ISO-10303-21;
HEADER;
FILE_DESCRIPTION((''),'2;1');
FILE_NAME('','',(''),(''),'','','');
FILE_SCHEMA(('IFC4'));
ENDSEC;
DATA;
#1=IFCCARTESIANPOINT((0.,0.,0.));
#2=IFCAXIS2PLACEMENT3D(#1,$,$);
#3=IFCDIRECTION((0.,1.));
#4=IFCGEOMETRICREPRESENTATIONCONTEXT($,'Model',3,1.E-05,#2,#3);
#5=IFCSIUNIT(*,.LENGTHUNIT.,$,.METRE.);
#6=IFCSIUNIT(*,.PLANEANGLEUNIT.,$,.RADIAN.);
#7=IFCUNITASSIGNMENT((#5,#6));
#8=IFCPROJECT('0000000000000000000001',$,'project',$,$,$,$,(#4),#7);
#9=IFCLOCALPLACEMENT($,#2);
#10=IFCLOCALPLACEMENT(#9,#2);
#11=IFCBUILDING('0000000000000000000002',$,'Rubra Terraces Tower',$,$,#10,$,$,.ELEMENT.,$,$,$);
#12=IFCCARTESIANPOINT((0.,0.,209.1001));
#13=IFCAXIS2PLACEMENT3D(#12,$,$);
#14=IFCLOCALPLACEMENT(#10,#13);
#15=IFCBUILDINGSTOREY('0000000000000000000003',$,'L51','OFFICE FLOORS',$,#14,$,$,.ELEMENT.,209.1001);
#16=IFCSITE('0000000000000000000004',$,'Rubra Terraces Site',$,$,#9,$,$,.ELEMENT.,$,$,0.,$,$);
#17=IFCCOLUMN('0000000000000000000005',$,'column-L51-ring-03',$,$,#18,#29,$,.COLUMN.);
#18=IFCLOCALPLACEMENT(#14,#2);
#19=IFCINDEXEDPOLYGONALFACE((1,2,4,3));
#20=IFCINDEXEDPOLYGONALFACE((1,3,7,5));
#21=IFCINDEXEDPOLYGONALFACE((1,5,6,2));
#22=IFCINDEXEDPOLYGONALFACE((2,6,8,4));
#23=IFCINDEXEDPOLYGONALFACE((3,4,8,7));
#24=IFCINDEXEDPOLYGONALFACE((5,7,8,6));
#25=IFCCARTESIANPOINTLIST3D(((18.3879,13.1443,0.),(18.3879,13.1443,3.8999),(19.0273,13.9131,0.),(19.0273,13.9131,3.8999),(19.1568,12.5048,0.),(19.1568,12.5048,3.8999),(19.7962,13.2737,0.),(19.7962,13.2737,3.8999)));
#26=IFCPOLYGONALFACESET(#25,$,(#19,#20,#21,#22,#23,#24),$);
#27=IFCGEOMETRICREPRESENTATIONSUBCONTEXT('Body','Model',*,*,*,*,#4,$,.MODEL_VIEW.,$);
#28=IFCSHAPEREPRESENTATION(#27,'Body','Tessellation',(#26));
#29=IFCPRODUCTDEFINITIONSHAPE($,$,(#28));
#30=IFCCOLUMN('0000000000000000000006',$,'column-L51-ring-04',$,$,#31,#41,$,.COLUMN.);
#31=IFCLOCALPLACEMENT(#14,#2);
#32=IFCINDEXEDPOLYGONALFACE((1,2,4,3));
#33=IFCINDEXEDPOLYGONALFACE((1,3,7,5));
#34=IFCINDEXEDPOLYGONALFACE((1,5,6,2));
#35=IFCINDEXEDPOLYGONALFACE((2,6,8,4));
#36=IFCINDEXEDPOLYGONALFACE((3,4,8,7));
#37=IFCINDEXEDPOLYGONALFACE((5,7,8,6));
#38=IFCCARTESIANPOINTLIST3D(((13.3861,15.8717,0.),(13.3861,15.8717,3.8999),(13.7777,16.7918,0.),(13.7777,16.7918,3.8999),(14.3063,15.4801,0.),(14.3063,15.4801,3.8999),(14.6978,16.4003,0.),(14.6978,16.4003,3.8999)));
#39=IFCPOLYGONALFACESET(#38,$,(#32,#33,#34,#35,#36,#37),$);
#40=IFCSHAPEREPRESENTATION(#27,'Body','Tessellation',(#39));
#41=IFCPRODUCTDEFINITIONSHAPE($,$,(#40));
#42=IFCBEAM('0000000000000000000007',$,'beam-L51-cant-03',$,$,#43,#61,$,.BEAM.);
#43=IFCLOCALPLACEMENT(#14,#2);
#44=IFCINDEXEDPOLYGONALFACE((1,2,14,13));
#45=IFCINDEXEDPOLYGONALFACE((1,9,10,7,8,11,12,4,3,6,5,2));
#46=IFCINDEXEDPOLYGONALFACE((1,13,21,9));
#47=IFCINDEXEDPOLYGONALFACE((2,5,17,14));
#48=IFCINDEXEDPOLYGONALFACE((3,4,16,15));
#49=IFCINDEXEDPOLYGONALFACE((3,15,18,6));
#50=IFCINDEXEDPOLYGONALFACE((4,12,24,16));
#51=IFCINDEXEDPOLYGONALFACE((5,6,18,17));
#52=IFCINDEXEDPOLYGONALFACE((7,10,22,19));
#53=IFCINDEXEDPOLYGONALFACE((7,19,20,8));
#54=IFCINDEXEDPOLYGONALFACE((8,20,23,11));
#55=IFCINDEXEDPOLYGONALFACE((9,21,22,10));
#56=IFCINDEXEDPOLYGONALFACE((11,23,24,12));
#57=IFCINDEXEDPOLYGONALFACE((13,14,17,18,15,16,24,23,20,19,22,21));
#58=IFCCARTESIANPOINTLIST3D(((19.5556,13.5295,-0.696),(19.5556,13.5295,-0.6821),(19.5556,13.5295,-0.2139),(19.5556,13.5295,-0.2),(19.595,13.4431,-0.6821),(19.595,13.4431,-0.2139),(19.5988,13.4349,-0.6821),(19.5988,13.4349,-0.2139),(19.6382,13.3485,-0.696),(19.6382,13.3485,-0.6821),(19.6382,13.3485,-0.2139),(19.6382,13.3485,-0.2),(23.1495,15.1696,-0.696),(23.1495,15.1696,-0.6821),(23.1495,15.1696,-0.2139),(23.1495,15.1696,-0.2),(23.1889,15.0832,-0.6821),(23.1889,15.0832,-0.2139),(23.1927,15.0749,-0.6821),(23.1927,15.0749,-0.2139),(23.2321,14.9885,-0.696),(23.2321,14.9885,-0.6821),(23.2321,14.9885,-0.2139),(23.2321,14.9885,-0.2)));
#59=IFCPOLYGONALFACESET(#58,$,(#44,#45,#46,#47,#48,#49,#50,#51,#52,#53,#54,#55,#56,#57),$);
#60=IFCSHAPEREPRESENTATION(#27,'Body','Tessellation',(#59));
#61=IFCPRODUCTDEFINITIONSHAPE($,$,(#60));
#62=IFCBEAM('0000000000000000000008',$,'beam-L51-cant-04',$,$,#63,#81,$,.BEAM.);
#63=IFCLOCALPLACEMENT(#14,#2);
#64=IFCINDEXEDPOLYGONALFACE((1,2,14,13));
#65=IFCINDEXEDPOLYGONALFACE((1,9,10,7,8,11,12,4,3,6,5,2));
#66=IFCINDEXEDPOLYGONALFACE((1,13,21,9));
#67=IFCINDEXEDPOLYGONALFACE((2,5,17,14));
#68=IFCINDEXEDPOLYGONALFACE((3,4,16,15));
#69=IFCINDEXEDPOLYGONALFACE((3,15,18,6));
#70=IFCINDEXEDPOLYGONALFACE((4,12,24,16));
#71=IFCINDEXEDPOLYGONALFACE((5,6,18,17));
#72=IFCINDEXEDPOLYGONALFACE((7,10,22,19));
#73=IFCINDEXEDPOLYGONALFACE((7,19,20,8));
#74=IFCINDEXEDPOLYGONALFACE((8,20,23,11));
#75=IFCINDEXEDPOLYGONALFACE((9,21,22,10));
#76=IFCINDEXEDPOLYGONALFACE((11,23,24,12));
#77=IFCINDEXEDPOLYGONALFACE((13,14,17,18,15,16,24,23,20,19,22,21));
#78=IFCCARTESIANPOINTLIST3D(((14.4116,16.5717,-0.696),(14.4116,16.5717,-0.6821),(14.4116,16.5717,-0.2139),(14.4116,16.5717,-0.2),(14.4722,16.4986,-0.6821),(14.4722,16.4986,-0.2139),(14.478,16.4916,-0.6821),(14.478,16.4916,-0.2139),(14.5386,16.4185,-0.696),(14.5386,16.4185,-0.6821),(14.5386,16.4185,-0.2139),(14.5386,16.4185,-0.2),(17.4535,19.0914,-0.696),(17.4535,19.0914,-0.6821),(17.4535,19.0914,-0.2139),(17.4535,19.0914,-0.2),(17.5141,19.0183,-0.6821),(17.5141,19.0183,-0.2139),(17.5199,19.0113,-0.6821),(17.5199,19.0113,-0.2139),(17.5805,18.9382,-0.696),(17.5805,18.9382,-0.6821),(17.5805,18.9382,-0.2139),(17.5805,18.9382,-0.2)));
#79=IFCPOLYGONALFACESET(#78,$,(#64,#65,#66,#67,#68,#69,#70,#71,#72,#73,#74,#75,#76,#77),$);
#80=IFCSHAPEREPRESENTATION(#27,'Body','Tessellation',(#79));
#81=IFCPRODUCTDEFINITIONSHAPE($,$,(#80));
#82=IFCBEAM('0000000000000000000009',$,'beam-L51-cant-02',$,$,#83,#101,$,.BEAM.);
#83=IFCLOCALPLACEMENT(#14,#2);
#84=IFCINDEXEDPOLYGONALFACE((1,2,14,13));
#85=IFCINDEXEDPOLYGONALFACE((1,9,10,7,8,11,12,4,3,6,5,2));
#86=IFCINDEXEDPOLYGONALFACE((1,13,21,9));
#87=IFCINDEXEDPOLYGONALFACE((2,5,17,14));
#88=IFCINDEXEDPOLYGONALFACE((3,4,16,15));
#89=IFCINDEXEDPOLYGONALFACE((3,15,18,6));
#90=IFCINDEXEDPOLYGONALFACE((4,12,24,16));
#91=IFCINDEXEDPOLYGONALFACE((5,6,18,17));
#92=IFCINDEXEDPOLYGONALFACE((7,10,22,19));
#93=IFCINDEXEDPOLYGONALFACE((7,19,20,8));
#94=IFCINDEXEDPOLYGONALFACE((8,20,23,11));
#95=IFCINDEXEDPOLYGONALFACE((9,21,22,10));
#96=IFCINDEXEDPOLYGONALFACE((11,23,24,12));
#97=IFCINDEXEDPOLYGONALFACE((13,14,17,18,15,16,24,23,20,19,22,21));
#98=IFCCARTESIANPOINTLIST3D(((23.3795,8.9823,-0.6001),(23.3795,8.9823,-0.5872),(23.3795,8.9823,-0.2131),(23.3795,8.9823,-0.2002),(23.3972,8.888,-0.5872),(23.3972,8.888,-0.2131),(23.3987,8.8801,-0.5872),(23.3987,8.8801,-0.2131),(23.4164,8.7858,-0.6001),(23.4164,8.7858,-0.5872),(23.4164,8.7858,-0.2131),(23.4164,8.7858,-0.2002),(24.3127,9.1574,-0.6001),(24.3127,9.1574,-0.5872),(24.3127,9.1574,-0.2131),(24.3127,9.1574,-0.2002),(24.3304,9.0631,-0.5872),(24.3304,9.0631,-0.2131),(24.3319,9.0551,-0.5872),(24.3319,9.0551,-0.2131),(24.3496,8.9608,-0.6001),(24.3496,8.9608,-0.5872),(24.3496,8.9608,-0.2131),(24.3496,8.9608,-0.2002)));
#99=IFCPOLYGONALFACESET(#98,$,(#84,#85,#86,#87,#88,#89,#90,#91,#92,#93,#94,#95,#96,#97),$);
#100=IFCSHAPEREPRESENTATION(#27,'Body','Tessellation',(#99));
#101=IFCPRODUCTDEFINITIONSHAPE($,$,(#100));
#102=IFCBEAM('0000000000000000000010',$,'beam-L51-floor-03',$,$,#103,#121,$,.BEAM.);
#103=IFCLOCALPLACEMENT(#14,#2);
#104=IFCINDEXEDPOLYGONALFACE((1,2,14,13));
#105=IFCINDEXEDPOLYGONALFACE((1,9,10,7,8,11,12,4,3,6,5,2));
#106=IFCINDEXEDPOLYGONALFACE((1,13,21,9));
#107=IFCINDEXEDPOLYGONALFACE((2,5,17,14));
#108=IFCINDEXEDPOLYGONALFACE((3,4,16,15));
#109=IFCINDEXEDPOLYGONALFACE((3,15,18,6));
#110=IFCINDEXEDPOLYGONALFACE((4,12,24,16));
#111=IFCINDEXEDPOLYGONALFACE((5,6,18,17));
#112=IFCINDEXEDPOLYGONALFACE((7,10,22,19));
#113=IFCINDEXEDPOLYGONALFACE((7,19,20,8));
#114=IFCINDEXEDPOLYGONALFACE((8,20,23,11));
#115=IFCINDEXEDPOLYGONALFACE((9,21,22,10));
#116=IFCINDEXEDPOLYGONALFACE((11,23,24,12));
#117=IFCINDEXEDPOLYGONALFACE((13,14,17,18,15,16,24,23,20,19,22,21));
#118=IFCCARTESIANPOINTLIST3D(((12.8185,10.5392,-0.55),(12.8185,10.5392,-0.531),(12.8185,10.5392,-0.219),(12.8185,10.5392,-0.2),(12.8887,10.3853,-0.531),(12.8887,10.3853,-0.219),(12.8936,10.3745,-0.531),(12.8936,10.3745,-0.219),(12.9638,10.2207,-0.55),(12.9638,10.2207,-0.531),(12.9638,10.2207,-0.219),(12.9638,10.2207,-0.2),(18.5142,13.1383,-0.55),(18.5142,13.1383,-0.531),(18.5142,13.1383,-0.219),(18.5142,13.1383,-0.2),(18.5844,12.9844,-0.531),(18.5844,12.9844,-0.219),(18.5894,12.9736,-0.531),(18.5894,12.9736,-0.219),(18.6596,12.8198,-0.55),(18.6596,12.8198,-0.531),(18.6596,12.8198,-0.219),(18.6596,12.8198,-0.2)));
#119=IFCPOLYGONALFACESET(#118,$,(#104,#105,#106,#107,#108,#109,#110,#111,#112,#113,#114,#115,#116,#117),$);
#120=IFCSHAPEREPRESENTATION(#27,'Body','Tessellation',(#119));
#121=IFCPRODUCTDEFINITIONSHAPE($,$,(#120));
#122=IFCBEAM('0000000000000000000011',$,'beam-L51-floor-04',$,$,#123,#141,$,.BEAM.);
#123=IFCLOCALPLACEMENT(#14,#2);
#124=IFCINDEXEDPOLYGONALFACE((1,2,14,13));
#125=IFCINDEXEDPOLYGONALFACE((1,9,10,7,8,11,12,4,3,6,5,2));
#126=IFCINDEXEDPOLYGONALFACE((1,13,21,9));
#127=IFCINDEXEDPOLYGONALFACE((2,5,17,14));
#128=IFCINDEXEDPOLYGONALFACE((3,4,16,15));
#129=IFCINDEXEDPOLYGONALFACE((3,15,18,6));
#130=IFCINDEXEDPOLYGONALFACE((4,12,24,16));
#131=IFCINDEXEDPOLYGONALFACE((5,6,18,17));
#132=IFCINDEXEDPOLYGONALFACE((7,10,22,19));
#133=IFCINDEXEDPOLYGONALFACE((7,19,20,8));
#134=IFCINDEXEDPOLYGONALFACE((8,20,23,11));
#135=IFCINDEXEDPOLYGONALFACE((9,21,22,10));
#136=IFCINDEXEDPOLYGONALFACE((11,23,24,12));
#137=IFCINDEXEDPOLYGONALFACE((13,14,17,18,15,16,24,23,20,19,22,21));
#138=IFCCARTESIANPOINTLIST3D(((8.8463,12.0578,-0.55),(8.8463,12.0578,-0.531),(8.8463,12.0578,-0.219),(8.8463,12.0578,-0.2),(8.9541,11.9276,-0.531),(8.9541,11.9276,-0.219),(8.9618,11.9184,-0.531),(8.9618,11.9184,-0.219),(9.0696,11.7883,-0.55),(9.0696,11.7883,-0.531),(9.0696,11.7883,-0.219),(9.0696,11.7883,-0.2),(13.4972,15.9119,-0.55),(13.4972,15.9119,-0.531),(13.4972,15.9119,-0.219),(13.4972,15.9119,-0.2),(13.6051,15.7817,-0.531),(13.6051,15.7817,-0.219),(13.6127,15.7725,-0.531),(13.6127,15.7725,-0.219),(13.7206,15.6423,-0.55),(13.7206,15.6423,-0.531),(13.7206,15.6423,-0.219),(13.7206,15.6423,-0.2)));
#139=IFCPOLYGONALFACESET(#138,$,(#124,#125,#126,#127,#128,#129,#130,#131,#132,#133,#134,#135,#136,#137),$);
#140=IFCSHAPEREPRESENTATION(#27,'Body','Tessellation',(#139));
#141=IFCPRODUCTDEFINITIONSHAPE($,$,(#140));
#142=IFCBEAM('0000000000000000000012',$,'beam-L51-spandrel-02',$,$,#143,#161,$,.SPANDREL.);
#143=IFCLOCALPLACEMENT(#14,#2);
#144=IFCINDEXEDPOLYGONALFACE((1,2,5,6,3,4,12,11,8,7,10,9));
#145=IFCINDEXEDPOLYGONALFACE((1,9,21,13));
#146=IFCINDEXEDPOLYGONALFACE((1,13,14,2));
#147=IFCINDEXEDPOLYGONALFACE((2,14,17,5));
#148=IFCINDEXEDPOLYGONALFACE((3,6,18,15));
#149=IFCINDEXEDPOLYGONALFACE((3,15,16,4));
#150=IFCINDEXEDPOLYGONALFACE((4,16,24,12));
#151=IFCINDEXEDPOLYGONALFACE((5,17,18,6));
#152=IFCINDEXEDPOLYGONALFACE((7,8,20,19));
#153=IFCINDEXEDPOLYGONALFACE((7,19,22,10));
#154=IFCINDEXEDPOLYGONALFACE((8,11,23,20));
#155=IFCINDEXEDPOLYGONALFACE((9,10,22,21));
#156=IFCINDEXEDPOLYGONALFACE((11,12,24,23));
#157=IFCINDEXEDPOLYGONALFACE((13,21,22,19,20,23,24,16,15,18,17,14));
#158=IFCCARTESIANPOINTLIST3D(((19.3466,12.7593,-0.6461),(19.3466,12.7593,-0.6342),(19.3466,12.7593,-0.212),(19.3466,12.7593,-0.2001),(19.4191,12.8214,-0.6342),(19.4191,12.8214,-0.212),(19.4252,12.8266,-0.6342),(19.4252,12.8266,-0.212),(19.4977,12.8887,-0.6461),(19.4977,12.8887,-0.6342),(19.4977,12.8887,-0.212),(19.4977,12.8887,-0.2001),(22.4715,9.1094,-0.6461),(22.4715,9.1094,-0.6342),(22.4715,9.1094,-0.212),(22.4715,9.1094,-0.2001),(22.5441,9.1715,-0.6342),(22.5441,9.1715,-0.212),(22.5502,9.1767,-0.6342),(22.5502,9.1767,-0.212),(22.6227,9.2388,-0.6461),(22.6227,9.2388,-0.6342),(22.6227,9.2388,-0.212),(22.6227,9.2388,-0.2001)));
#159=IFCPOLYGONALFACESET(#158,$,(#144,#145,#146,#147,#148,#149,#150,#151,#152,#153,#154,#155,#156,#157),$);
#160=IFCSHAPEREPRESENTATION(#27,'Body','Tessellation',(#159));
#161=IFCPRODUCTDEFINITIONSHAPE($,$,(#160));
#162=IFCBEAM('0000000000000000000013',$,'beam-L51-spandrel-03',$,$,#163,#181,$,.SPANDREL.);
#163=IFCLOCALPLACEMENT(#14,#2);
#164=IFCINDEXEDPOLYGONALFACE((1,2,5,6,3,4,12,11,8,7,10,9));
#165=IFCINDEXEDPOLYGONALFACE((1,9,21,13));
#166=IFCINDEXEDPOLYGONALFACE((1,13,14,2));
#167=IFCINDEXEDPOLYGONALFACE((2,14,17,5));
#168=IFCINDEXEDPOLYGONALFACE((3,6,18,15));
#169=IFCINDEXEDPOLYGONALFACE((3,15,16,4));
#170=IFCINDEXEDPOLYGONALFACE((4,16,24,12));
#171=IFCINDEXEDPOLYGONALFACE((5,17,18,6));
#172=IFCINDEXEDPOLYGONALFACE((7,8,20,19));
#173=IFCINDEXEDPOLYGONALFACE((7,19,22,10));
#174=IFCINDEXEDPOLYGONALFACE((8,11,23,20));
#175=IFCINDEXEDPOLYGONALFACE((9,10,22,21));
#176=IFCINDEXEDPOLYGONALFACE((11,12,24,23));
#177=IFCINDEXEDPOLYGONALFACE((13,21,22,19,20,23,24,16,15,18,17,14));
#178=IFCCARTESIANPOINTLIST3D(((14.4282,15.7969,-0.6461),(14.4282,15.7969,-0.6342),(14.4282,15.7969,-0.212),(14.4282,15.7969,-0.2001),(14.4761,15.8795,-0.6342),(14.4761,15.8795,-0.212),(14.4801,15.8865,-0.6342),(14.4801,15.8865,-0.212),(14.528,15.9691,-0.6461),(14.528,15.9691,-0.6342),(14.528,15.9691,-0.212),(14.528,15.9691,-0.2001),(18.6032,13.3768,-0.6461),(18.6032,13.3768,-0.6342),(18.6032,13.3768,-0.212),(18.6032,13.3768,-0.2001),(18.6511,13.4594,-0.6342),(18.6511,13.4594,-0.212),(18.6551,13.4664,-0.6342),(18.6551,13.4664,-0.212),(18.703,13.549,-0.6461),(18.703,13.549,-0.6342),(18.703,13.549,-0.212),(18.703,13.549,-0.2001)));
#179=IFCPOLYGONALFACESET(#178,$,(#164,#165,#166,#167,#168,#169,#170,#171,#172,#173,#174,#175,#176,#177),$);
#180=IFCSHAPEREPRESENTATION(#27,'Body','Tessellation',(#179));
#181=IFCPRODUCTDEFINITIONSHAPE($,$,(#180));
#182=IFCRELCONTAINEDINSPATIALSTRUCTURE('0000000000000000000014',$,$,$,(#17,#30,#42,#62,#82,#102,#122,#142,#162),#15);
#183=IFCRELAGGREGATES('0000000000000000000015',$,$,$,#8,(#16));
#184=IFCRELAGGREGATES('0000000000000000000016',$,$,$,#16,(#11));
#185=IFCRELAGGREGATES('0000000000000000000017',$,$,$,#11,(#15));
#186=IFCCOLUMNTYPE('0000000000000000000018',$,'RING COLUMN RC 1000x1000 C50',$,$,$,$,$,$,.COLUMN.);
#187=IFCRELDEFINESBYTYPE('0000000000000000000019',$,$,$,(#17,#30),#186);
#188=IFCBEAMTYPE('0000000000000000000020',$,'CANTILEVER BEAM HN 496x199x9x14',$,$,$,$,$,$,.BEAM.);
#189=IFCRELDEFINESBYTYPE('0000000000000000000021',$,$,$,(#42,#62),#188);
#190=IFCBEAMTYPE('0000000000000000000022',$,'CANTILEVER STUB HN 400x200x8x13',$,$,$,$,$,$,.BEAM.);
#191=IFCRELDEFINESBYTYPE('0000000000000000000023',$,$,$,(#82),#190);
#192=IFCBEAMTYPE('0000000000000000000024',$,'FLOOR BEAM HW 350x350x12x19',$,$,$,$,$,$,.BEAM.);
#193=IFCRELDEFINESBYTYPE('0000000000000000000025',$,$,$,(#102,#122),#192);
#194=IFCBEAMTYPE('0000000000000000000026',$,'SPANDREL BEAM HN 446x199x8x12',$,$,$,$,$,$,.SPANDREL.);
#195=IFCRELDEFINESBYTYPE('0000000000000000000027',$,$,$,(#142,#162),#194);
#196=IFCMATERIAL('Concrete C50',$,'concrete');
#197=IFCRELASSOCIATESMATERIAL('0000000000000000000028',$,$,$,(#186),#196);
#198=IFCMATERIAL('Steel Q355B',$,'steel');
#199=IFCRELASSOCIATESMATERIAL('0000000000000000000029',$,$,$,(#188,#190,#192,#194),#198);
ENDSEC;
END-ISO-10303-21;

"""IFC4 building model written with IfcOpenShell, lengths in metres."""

from ifc_helpers import new_model, si_unit, direction, frame, origin, origin_2d, place, context, subcontext, project, spatial, rectangle, i_section, extrude, material, material_profile, profile_set, type_object, element, save


model = new_model("IFC4")

# Units and contexts
model_context = context("Model", 3, precision=1e-05, world=origin(), true_north=direction((0.0, 1.0)))
body_context = subcontext(model_context, "Body", "Model", "MODEL_VIEW")
ifc_project = project(units=[si_unit("LENGTHUNIT", "METRE"), si_unit("PLANEANGLEUNIT", "RADIAN")], contexts=[model_context])

# Site, building, storey
site_placement = place(None, origin())
site = spatial("IfcSite", under=ifc_project, at=site_placement, Name="Rubra Terraces Site", CompositionType="ELEMENT", RefElevation=0.0)
building_placement = place(site_placement, origin())
building = spatial("IfcBuilding", under=site, at=building_placement, Name="Rubra Terraces Tower", CompositionType="ELEMENT")
storey_placement = place(building_placement, frame((0.0, 0.0, 209.1001)))
storey = spatial("IfcBuildingStorey", under=building, at=storey_placement, Name="L51", Description="OFFICE FLOORS", CompositionType="ELEMENT", Elevation=209.1001)

# Columns
ifc_material_1 = material(Name="Concrete C50", Category="concrete")
ifc_material_profile_1 = material_profile(ifc_material_1, rectangle(XDim=1.0, YDim=1.0, at=origin_2d()), Name="RC 1000x1000")
ifc_profile_set_1 = profile_set([ifc_material_profile_1], Name="Concrete C50")
column_type = type_object("IfcColumnType", Name="RING COLUMN RC 1000x1000 C50", PredefinedType="COLUMN", material=ifc_profile_set_1)
for number, where, z_axis, x_axis, name in (
    (1, (19.092, 13.209, 0.0), (0.0, 0.0, 1.0), (-0.76887, 0.639405, 0.0), "column-L51-ring-03"),
    (2, (14.042, 16.136, 0.0), (0.0, 0.0, 1.0), (-0.920168, 0.391524, 0.0), "column-L51-ring-04"),
):
    element("IfcColumn", number, at=place(storey_placement, frame(where, z_axis=z_axis, x_axis=x_axis)), inside=storey, type_object=column_type, Name=name, PredefinedType="COLUMN", context=body_context, shape_type="SweptSolid", body=[
        extrude(rectangle(XDim=1.0, YDim=1.0, at=origin_2d()), origin(), (0.0, 0.0, 1.0), 3.8999),
    ])

# Beams
ifc_material_2 = material(Name="Steel Q355B", Category="steel")
ifc_material_profile_2 = material_profile(ifc_material_2, i_section(OverallWidth=0.199, OverallDepth=0.4961, WebThickness=0.009, FlangeThickness=0.0139, at=origin_2d()), Name="HN 496x199x9x14")
ifc_profile_set_2 = profile_set([ifc_material_profile_2], Name="Steel Q355B")
beam_type_1 = type_object("IfcBeamType", Name="CANTILEVER BEAM HN 496x199x9x14", PredefinedType="BEAM", material=ifc_profile_set_2)
beam_1_placement = place(storey_placement, frame((19.5969, 13.439, -0.448), z_axis=(0.909745, 0.415167, 0.0), x_axis=(-0.415167, 0.909745, 0.0)))
element("IfcBeam", 3, at=beam_1_placement, inside=storey, type_object=beam_type_1, Name="beam-L51-cant-03", PredefinedType="BEAM", context=body_context, shape_type="SweptSolid", body=[
    extrude(i_section(OverallWidth=0.199, OverallDepth=0.4961, WebThickness=0.009, FlangeThickness=0.0139, at=origin_2d()), origin(), (0.0, 0.0, 1.0), 3.9504),
])
beam_2_placement = place(storey_placement, frame((14.4751, 16.4951, -0.448), z_axis=(0.770113, 0.637908, 0.0), x_axis=(-0.637908, 0.770113, 0.0)))
element("IfcBeam", 4, at=beam_2_placement, inside=storey, type_object=beam_type_1, Name="beam-L51-cant-04", PredefinedType="BEAM", context=body_context, shape_type="SweptSolid", body=[
    extrude(i_section(OverallWidth=0.199, OverallDepth=0.4961, WebThickness=0.009, FlangeThickness=0.0139, at=origin_2d()), origin(), (0.0, 0.0, 1.0), 3.95),
])
ifc_material_profile_3 = material_profile(ifc_material_2, i_section(OverallWidth=0.2, OverallDepth=0.3999, WebThickness=0.0081, FlangeThickness=0.0129, at=origin_2d()), Name="HN 400x200x8x13")
ifc_profile_set_3 = profile_set([ifc_material_profile_3], Name="Steel Q355B")
beam_type_2 = type_object("IfcBeamType", Name="CANTILEVER STUB HN 400x200x8x13", PredefinedType="BEAM", material=ifc_profile_set_3)
beam_3_placement = place(storey_placement, frame((23.3979, 8.884, -0.4001), z_axis=(0.982855, 0.184382, 0.0), x_axis=(-0.184382, 0.982855, 0.0)))
element("IfcBeam", 5, at=beam_3_placement, inside=storey, type_object=beam_type_2, Name="beam-L51-cant-02", PredefinedType="BEAM", context=body_context, shape_type="SweptSolid", body=[
    extrude(i_section(OverallWidth=0.2, OverallDepth=0.3999, WebThickness=0.0081, FlangeThickness=0.0129, at=origin_2d()), origin(), (0.0, 0.0, 1.0), 0.9495),
])
ifc_material_profile_4 = material_profile(ifc_material_2, i_section(OverallWidth=0.3501, OverallDepth=0.3501, WebThickness=0.012, FlangeThickness=0.019, at=origin_2d()), Name="HW 350x350x12x19")
ifc_profile_set_4 = profile_set([ifc_material_profile_4], Name="Steel Q355B")
beam_type_3 = type_object("IfcBeamType", Name="FLOOR BEAM HW 350x350x12x19", PredefinedType="BEAM", material=ifc_profile_set_4)
beam_4_placement = place(storey_placement, frame((18.5869, 12.979, -0.375), z_axis=(-0.909757, -0.415142, 0.0), x_axis=(0.415142, -0.909757, 0.0)))
element("IfcBeam", 6, at=beam_4_placement, inside=storey, type_object=beam_type_3, Name="beam-L51-floor-03", PredefinedType="BEAM", context=body_context, shape_type="SweptSolid", body=[
    extrude(i_section(OverallWidth=0.3501, OverallDepth=0.3501, WebThickness=0.012, FlangeThickness=0.019, at=origin_2d()), origin(), (0.0, 0.0, 1.0), 6.2607),
])
beam_5_placement = place(storey_placement, frame((13.6089, 15.7771, -0.375), z_axis=(-0.769988, -0.638059, 0.0), x_axis=(0.638059, -0.769988, 0.0)))
element("IfcBeam", 7, at=beam_5_placement, inside=storey, type_object=beam_type_3, Name="beam-L51-floor-04", PredefinedType="BEAM", context=body_context, shape_type="SweptSolid", body=[
    extrude(i_section(OverallWidth=0.3501, OverallDepth=0.3501, WebThickness=0.012, FlangeThickness=0.019, at=origin_2d()), origin(), (0.0, 0.0, 1.0), 6.0403),
])
ifc_material_profile_5 = material_profile(ifc_material_2, i_section(OverallWidth=0.199, OverallDepth=0.446, WebThickness=0.0081, FlangeThickness=0.012, at=origin_2d()), Name="HN 446x199x8x12")
ifc_profile_set_5 = profile_set([ifc_material_profile_5], Name="Steel Q355B")
beam_type_4 = type_object("IfcBeamType", Name="SPANDREL BEAM HN 446x199x8x12", PredefinedType="SPANDREL", material=ifc_profile_set_5)
beam_6_placement = place(storey_placement, frame((22.5471, 9.1741, -0.4231), z_axis=(-0.650373, 0.759615, 0.0), x_axis=(-0.759615, -0.650373, 0.0)))
element("IfcBeam", 8, at=beam_6_placement, inside=storey, type_object=beam_type_4, Name="beam-L51-spandrel-02", PredefinedType="SPANDREL", context=body_context, shape_type="SweptSolid", body=[
    extrude(i_section(OverallWidth=0.199, OverallDepth=0.446, WebThickness=0.0081, FlangeThickness=0.012, at=origin_2d()), origin(), (0.0, 0.0, 1.0), 4.8049),
])
beam_7_placement = place(storey_placement, frame((18.6531, 13.4629, -0.4231), z_axis=(-0.865154, 0.501507, 0.0), x_axis=(-0.501507, -0.865154, 0.0)))
element("IfcBeam", 9, at=beam_7_placement, inside=storey, type_object=beam_type_4, Name="beam-L51-spandrel-03", PredefinedType="SPANDREL", context=body_context, shape_type="SweptSolid", body=[
    extrude(i_section(OverallWidth=0.199, OverallDepth=0.446, WebThickness=0.0081, FlangeThickness=0.012, at=origin_2d()), origin(), (0.0, 0.0, 1.0), 4.8257),
])

save(model, "model.ifc")
